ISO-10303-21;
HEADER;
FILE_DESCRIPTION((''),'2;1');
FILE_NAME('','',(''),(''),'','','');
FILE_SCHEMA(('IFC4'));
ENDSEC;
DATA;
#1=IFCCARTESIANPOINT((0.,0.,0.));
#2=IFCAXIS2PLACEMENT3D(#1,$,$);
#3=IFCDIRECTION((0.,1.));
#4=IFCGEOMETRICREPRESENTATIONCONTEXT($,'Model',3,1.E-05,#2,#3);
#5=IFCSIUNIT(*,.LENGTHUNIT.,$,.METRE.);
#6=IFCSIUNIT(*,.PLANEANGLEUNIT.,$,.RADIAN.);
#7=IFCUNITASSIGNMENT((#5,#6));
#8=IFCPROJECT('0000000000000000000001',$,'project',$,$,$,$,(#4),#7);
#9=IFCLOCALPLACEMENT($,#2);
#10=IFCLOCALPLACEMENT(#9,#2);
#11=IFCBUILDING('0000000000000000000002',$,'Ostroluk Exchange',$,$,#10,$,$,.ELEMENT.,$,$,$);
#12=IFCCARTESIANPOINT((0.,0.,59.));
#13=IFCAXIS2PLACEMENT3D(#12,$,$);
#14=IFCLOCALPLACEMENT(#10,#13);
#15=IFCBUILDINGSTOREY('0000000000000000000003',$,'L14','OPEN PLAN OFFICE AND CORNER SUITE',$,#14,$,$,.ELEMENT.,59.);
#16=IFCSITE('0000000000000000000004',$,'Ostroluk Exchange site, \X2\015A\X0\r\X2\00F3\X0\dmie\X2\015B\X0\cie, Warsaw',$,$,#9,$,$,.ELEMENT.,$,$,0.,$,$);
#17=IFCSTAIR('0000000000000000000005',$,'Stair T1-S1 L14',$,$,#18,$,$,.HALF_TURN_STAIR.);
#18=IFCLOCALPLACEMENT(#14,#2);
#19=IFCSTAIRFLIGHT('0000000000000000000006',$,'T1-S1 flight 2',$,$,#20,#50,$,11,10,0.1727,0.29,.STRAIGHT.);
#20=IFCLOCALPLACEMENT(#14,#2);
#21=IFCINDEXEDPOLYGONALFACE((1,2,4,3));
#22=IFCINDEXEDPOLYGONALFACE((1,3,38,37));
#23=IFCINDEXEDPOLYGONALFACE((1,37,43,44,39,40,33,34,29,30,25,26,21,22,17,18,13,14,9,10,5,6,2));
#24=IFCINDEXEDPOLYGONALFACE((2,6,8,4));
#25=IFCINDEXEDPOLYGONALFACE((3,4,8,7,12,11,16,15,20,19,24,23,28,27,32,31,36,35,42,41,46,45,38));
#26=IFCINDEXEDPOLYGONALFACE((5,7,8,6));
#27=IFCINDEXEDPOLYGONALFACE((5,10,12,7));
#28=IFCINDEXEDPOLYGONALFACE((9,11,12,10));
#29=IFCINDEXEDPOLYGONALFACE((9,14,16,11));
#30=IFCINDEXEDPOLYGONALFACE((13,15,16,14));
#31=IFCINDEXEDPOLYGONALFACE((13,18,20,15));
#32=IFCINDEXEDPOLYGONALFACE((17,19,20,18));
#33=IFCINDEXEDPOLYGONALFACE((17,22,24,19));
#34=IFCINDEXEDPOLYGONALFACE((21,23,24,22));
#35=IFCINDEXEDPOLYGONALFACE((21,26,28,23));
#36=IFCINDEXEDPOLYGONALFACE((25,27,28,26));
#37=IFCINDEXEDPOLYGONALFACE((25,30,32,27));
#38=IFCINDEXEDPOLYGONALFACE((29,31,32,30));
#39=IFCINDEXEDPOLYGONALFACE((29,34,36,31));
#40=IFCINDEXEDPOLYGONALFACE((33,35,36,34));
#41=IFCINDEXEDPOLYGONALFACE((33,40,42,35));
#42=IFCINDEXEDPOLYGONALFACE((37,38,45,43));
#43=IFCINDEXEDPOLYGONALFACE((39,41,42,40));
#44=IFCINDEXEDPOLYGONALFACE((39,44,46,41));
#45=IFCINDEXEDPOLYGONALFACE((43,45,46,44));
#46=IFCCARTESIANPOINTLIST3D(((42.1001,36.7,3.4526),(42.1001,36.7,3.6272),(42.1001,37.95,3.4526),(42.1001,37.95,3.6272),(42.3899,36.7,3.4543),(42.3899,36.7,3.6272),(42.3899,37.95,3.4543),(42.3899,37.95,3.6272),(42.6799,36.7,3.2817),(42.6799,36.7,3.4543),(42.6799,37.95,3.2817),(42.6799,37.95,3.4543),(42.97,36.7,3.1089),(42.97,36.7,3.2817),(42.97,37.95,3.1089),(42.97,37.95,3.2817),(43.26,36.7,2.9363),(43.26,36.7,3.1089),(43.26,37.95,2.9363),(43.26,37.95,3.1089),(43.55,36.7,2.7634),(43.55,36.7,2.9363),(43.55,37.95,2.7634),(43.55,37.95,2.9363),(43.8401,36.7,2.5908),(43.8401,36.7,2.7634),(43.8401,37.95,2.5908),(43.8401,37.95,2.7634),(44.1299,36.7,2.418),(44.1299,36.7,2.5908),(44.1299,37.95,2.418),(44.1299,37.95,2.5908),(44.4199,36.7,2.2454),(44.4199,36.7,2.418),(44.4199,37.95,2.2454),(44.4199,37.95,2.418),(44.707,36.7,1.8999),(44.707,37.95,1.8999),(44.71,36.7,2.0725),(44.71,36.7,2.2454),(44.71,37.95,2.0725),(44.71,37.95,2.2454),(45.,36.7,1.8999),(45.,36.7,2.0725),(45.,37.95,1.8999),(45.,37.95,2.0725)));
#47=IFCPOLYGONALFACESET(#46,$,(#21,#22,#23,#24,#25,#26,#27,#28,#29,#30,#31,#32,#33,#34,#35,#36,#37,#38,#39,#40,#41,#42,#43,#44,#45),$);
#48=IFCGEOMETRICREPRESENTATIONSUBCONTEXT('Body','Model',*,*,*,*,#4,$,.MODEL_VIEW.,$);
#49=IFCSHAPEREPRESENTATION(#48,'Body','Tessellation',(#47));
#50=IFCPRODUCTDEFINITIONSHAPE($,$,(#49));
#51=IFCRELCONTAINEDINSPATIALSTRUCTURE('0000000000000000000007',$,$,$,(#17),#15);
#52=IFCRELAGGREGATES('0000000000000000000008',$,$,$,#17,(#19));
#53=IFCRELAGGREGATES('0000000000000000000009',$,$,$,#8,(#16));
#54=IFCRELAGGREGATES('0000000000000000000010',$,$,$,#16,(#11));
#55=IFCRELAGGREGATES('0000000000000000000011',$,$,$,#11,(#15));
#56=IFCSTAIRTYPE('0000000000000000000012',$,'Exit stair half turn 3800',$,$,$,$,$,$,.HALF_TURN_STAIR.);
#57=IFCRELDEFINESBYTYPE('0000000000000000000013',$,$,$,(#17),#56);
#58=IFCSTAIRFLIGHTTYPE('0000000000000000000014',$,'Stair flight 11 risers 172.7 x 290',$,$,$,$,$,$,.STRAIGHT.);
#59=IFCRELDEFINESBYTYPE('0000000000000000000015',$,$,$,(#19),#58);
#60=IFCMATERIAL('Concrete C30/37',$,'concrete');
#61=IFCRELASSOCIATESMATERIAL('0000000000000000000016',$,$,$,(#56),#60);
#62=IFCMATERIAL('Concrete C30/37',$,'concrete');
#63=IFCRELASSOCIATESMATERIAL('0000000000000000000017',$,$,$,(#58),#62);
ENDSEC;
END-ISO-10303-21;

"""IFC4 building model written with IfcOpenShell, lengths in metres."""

from ifc_helpers import new_model, si_unit, direction, frame, origin, place, context, subcontext, project, spatial, polyline, outline, extrude, material, type_object, element, aggregate, save


model = new_model("IFC4")

# Units and contexts
model_context = context("Model", 3, precision=1e-05, world=origin(), true_north=direction((0.0, 1.0)))
body_context = subcontext(model_context, "Body", "Model", "MODEL_VIEW")
ifc_project = project(units=[si_unit("LENGTHUNIT", "METRE"), si_unit("PLANEANGLEUNIT", "RADIAN")], contexts=[model_context])

# Site, building, storey
site_placement = place(None, origin())
site = spatial("IfcSite", under=ifc_project, at=site_placement, Name="Ostroluk Exchange site, Śródmieście, Warsaw", CompositionType="ELEMENT", RefElevation=0.0)
building_placement = place(site_placement, origin())
building = spatial("IfcBuilding", under=site, at=building_placement, Name="Ostroluk Exchange", CompositionType="ELEMENT")
storey_placement = place(building_placement, frame((0.0, 0.0, 59.0)))
storey = spatial("IfcBuildingStorey", under=building, at=storey_placement, Name="L14", Description="OPEN PLAN OFFICE AND CORNER SUITE", CompositionType="ELEMENT", Elevation=59.0)

# Stair, stair flight
ifc_material_1 = material(Name="Concrete C30/37", Category="concrete")
stair_type = type_object("IfcStairType", Name="Exit stair half turn 3800", PredefinedType="HALF_TURN_STAIR", material=ifc_material_1)
stair_placement = place(storey_placement, origin())
stair = element("IfcStair", 1, at=stair_placement, inside=storey, type_object=stair_type, Name="Stair T1-S1 L14", PredefinedType="HALF_TURN_STAIR")
ifc_material_2 = material(Name="Concrete C30/37", Category="concrete")
stair_flight_type = type_object("IfcStairFlightType", Name="Stair flight 11 risers 172.7 x 290", PredefinedType="STRAIGHT", material=ifc_material_2)
stair_flight_placement = place(storey_placement, frame((45.0, 37.325, 1.8999), z_axis=(0.0, 0.0, 1.0), x_axis=(-1.0, 0.0, 0.0)))
stair_flight = element("IfcStairFlight", 2, at=stair_flight_placement, type_object=stair_flight_type, Name="T1-S1 flight 2", NumberOfRisers=11, NumberOfTreads=10, PredefinedType="STRAIGHT", RiserHeight=0.1727, TreadLength=0.29, context=body_context, shape_type="SweptSolid", body=[
    extrude(outline(polyline([(0.0, 0.0), (0.0, 0.1726), (0.29, 0.1726), (0.29, 0.3455), (0.5801, 0.3455), (0.5801, 0.5181), (0.8701, 0.5181), (0.8701, 0.6909), (1.1599, 0.6909), (1.1599, 0.8635), (1.45, 0.8635), (1.45, 1.0364), (1.74, 1.0364), (1.74, 1.209), (2.03, 1.209), (2.03, 1.3818), (2.3201, 1.3818), (2.3201, 1.5544), (2.6101, 1.5544), (2.6101, 1.7273), (2.8999, 1.7273), (2.8999, 1.8999), (2.8999, 1.5527), (0.293, 0.0), (0.0, 0.0)])), frame((0.0, 0.625, 0.0), z_axis=(0.0, -1.0, 0.0), x_axis=(1.0, 0.0, 0.0)), (0.0, 0.0, 1.0), 1.25),
])
aggregate(stair, [stair_flight])

save(model, "model.ifc")
